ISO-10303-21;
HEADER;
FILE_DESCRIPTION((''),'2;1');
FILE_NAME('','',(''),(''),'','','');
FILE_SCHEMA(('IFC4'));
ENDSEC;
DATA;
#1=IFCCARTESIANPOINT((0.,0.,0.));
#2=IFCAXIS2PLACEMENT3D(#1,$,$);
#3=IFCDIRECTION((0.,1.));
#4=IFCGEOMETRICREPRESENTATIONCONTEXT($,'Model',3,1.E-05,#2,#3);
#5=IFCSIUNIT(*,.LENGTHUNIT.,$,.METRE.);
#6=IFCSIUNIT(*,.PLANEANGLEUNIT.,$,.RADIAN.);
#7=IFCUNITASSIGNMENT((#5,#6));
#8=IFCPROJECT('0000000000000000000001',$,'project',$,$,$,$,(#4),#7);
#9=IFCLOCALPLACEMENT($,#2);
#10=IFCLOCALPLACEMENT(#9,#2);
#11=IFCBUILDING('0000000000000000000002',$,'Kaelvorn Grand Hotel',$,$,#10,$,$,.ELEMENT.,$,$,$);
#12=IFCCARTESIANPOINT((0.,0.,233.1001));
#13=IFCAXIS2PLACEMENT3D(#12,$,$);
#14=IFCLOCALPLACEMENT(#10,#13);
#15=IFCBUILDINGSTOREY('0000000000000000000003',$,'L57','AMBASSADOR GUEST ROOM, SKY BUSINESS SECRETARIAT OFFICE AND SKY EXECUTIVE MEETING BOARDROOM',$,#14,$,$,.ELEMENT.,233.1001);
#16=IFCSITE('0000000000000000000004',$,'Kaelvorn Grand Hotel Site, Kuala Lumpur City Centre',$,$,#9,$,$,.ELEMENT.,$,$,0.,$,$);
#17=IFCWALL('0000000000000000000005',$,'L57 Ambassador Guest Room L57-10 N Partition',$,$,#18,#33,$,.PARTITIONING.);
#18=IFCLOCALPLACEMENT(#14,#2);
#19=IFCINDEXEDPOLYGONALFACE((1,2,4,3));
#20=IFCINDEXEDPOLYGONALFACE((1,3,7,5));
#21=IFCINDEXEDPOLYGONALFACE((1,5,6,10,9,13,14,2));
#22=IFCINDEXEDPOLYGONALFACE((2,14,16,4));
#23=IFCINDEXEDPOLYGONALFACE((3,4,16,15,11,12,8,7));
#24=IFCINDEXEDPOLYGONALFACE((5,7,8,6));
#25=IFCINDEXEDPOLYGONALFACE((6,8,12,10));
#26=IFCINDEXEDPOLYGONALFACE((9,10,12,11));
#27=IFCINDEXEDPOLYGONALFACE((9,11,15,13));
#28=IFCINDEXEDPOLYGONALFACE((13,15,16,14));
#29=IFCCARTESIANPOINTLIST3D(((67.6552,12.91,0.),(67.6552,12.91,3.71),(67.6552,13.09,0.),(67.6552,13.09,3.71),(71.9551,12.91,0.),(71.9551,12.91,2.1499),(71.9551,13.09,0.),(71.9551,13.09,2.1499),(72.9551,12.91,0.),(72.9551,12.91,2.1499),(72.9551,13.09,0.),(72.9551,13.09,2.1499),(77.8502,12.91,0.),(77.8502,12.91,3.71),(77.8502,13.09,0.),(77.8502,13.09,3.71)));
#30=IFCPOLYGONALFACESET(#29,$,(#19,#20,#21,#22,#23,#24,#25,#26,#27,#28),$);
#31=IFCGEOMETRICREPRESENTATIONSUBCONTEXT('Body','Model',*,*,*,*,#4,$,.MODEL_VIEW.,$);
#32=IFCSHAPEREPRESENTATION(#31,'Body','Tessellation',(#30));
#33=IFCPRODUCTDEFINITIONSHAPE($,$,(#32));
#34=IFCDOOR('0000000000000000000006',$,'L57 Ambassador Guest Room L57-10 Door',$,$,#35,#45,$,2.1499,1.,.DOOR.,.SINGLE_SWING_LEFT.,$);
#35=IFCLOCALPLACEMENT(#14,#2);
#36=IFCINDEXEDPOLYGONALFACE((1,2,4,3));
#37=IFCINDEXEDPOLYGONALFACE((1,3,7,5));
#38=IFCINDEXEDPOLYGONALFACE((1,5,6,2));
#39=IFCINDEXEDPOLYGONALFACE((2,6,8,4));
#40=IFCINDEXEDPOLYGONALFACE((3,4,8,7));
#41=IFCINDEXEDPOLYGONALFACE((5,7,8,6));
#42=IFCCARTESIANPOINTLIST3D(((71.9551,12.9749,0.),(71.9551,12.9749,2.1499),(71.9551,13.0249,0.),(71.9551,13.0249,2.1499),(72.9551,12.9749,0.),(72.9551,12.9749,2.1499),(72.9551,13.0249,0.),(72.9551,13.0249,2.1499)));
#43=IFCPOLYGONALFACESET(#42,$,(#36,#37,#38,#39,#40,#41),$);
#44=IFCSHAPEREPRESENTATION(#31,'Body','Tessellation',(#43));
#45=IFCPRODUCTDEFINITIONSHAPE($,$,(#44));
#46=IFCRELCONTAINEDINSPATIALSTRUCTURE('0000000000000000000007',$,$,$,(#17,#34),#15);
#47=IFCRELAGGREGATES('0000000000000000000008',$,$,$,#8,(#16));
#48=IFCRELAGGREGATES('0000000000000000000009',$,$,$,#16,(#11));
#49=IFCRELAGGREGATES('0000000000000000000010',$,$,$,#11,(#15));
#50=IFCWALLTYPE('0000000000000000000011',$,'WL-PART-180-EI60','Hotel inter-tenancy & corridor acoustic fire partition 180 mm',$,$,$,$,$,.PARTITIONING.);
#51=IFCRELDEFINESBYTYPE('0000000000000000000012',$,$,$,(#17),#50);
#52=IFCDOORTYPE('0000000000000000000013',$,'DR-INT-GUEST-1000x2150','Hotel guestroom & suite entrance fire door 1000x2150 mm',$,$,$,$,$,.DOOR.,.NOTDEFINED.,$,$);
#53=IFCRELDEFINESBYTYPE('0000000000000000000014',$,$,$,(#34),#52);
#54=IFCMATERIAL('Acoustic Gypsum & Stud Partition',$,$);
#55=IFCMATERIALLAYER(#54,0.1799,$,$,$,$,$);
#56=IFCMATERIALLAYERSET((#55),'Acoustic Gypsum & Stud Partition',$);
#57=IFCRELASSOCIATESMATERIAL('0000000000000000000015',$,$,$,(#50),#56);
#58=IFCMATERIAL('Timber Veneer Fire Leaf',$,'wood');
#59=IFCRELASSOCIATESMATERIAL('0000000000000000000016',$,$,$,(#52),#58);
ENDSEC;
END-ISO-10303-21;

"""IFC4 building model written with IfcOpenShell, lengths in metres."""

from ifc_helpers import new_model, si_unit, direction, frame, frame_2d, origin, place, context, subcontext, project, spatial, rectangle, extrude, material, layer, layer_set, type_object, element, fill, save


model = new_model("IFC4")

# Units and contexts
model_context = context("Model", 3, precision=1e-05, world=origin(), true_north=direction((0.0, 1.0)))
body_context = subcontext(model_context, "Body", "Model", "MODEL_VIEW")
ifc_project = project(units=[si_unit("LENGTHUNIT", "METRE"), si_unit("PLANEANGLEUNIT", "RADIAN")], contexts=[model_context])

# Site, building, storey
site_placement = place(None, origin())
site = spatial("IfcSite", under=ifc_project, at=site_placement, Name="Kaelvorn Grand Hotel Site, Kuala Lumpur City Centre", CompositionType="ELEMENT", RefElevation=0.0)
building_placement = place(site_placement, origin())
building = spatial("IfcBuilding", under=site, at=building_placement, Name="Kaelvorn Grand Hotel", CompositionType="ELEMENT")
storey_placement = place(building_placement, frame((0.0, 0.0, 233.1001)))
storey = spatial("IfcBuildingStorey", under=building, at=storey_placement, Name="L57", Description="AMBASSADOR GUEST ROOM, SKY BUSINESS SECRETARIAT OFFICE AND SKY EXECUTIVE MEETING BOARDROOM", CompositionType="ELEMENT", Elevation=233.1001)

# Shared definitions
ifc_material_1 = material(Name="Acoustic Gypsum & Stud Partition")

# Wall, opening, door
ifc_material_2 = material(Name="Timber Veneer Fire Leaf", Category="wood")
ifc_layer_1 = layer(ifc_material_1, 0.1799)
ifc_layer_set_1 = layer_set([ifc_layer_1], Name="Acoustic Gypsum & Stud Partition")
wall_type_1 = type_object("IfcWallType", Name="WL-PART-180-EI60", Description="Hotel inter-tenancy & corridor acoustic fire partition 180 mm", PredefinedType="PARTITIONING", material=ifc_layer_set_1)
door_type_1 = type_object("IfcDoorType", Name="DR-INT-GUEST-1000x2150", Description="Hotel guestroom & suite entrance fire door 1000x2150 mm", OperationType="NOTDEFINED", PredefinedType="DOOR", material=ifc_material_2)
wall_1_placement = place(storey_placement, frame((67.655, 13.0, 0.0), z_axis=(0.0, 0.0, 1.0), x_axis=(1.0, 0.0, 0.0)))
wall_1 = element("IfcWall", 1, at=wall_1_placement, inside=storey, type_object=wall_type_1, Name="L57 Ambassador Guest Room L57-10 N Partition", PredefinedType="PARTITIONING", context=body_context, shape_type="SweptSolid", body=[
    extrude(rectangle(XDim=10.1951, YDim=0.1799, at=frame_2d((5.0977, 0.0))), origin(), (0.0, 0.0, 1.0), 3.71),
])
opening_1_placement = place(wall_1_placement, frame((4.3, 0.0, 0.0)))
opening_1 = element("IfcOpeningElement", 2, at=opening_1_placement, cuts=wall_1, PredefinedType="OPENING", context=body_context, shape_type="SweptSolid", body=[
    extrude(rectangle(XDim=1.0, YDim=2.1499, at=frame_2d((0.5, 1.075))), frame((0.0, 0.1001, 0.0), z_axis=(0.0, -1.0, 0.0), x_axis=(1.0, 0.0, 0.0)), (0.0, 0.0, 1.0), 0.2),
])
door_1_placement = place(opening_1_placement, origin())
door_1 = element("IfcDoor", 3, at=door_1_placement, inside=storey, type_object=door_type_1, Name="L57 Ambassador Guest Room L57-10 Door", OperationType="SINGLE_SWING_LEFT", OverallHeight=2.1499, OverallWidth=1.0, PredefinedType="DOOR", context=body_context, shape_type="SweptSolid", body=[
    extrude(rectangle(XDim=1.0, YDim=2.1499, at=frame_2d((0.5, 1.075))), frame((0.0, 0.0249, 0.0), z_axis=(0.0, -1.0, 0.0), x_axis=(1.0, 0.0, 0.0)), (0.0, 0.0, 1.0), 0.05),
])
fill(opening_1, door_1)

save(model, "model.ifc")
